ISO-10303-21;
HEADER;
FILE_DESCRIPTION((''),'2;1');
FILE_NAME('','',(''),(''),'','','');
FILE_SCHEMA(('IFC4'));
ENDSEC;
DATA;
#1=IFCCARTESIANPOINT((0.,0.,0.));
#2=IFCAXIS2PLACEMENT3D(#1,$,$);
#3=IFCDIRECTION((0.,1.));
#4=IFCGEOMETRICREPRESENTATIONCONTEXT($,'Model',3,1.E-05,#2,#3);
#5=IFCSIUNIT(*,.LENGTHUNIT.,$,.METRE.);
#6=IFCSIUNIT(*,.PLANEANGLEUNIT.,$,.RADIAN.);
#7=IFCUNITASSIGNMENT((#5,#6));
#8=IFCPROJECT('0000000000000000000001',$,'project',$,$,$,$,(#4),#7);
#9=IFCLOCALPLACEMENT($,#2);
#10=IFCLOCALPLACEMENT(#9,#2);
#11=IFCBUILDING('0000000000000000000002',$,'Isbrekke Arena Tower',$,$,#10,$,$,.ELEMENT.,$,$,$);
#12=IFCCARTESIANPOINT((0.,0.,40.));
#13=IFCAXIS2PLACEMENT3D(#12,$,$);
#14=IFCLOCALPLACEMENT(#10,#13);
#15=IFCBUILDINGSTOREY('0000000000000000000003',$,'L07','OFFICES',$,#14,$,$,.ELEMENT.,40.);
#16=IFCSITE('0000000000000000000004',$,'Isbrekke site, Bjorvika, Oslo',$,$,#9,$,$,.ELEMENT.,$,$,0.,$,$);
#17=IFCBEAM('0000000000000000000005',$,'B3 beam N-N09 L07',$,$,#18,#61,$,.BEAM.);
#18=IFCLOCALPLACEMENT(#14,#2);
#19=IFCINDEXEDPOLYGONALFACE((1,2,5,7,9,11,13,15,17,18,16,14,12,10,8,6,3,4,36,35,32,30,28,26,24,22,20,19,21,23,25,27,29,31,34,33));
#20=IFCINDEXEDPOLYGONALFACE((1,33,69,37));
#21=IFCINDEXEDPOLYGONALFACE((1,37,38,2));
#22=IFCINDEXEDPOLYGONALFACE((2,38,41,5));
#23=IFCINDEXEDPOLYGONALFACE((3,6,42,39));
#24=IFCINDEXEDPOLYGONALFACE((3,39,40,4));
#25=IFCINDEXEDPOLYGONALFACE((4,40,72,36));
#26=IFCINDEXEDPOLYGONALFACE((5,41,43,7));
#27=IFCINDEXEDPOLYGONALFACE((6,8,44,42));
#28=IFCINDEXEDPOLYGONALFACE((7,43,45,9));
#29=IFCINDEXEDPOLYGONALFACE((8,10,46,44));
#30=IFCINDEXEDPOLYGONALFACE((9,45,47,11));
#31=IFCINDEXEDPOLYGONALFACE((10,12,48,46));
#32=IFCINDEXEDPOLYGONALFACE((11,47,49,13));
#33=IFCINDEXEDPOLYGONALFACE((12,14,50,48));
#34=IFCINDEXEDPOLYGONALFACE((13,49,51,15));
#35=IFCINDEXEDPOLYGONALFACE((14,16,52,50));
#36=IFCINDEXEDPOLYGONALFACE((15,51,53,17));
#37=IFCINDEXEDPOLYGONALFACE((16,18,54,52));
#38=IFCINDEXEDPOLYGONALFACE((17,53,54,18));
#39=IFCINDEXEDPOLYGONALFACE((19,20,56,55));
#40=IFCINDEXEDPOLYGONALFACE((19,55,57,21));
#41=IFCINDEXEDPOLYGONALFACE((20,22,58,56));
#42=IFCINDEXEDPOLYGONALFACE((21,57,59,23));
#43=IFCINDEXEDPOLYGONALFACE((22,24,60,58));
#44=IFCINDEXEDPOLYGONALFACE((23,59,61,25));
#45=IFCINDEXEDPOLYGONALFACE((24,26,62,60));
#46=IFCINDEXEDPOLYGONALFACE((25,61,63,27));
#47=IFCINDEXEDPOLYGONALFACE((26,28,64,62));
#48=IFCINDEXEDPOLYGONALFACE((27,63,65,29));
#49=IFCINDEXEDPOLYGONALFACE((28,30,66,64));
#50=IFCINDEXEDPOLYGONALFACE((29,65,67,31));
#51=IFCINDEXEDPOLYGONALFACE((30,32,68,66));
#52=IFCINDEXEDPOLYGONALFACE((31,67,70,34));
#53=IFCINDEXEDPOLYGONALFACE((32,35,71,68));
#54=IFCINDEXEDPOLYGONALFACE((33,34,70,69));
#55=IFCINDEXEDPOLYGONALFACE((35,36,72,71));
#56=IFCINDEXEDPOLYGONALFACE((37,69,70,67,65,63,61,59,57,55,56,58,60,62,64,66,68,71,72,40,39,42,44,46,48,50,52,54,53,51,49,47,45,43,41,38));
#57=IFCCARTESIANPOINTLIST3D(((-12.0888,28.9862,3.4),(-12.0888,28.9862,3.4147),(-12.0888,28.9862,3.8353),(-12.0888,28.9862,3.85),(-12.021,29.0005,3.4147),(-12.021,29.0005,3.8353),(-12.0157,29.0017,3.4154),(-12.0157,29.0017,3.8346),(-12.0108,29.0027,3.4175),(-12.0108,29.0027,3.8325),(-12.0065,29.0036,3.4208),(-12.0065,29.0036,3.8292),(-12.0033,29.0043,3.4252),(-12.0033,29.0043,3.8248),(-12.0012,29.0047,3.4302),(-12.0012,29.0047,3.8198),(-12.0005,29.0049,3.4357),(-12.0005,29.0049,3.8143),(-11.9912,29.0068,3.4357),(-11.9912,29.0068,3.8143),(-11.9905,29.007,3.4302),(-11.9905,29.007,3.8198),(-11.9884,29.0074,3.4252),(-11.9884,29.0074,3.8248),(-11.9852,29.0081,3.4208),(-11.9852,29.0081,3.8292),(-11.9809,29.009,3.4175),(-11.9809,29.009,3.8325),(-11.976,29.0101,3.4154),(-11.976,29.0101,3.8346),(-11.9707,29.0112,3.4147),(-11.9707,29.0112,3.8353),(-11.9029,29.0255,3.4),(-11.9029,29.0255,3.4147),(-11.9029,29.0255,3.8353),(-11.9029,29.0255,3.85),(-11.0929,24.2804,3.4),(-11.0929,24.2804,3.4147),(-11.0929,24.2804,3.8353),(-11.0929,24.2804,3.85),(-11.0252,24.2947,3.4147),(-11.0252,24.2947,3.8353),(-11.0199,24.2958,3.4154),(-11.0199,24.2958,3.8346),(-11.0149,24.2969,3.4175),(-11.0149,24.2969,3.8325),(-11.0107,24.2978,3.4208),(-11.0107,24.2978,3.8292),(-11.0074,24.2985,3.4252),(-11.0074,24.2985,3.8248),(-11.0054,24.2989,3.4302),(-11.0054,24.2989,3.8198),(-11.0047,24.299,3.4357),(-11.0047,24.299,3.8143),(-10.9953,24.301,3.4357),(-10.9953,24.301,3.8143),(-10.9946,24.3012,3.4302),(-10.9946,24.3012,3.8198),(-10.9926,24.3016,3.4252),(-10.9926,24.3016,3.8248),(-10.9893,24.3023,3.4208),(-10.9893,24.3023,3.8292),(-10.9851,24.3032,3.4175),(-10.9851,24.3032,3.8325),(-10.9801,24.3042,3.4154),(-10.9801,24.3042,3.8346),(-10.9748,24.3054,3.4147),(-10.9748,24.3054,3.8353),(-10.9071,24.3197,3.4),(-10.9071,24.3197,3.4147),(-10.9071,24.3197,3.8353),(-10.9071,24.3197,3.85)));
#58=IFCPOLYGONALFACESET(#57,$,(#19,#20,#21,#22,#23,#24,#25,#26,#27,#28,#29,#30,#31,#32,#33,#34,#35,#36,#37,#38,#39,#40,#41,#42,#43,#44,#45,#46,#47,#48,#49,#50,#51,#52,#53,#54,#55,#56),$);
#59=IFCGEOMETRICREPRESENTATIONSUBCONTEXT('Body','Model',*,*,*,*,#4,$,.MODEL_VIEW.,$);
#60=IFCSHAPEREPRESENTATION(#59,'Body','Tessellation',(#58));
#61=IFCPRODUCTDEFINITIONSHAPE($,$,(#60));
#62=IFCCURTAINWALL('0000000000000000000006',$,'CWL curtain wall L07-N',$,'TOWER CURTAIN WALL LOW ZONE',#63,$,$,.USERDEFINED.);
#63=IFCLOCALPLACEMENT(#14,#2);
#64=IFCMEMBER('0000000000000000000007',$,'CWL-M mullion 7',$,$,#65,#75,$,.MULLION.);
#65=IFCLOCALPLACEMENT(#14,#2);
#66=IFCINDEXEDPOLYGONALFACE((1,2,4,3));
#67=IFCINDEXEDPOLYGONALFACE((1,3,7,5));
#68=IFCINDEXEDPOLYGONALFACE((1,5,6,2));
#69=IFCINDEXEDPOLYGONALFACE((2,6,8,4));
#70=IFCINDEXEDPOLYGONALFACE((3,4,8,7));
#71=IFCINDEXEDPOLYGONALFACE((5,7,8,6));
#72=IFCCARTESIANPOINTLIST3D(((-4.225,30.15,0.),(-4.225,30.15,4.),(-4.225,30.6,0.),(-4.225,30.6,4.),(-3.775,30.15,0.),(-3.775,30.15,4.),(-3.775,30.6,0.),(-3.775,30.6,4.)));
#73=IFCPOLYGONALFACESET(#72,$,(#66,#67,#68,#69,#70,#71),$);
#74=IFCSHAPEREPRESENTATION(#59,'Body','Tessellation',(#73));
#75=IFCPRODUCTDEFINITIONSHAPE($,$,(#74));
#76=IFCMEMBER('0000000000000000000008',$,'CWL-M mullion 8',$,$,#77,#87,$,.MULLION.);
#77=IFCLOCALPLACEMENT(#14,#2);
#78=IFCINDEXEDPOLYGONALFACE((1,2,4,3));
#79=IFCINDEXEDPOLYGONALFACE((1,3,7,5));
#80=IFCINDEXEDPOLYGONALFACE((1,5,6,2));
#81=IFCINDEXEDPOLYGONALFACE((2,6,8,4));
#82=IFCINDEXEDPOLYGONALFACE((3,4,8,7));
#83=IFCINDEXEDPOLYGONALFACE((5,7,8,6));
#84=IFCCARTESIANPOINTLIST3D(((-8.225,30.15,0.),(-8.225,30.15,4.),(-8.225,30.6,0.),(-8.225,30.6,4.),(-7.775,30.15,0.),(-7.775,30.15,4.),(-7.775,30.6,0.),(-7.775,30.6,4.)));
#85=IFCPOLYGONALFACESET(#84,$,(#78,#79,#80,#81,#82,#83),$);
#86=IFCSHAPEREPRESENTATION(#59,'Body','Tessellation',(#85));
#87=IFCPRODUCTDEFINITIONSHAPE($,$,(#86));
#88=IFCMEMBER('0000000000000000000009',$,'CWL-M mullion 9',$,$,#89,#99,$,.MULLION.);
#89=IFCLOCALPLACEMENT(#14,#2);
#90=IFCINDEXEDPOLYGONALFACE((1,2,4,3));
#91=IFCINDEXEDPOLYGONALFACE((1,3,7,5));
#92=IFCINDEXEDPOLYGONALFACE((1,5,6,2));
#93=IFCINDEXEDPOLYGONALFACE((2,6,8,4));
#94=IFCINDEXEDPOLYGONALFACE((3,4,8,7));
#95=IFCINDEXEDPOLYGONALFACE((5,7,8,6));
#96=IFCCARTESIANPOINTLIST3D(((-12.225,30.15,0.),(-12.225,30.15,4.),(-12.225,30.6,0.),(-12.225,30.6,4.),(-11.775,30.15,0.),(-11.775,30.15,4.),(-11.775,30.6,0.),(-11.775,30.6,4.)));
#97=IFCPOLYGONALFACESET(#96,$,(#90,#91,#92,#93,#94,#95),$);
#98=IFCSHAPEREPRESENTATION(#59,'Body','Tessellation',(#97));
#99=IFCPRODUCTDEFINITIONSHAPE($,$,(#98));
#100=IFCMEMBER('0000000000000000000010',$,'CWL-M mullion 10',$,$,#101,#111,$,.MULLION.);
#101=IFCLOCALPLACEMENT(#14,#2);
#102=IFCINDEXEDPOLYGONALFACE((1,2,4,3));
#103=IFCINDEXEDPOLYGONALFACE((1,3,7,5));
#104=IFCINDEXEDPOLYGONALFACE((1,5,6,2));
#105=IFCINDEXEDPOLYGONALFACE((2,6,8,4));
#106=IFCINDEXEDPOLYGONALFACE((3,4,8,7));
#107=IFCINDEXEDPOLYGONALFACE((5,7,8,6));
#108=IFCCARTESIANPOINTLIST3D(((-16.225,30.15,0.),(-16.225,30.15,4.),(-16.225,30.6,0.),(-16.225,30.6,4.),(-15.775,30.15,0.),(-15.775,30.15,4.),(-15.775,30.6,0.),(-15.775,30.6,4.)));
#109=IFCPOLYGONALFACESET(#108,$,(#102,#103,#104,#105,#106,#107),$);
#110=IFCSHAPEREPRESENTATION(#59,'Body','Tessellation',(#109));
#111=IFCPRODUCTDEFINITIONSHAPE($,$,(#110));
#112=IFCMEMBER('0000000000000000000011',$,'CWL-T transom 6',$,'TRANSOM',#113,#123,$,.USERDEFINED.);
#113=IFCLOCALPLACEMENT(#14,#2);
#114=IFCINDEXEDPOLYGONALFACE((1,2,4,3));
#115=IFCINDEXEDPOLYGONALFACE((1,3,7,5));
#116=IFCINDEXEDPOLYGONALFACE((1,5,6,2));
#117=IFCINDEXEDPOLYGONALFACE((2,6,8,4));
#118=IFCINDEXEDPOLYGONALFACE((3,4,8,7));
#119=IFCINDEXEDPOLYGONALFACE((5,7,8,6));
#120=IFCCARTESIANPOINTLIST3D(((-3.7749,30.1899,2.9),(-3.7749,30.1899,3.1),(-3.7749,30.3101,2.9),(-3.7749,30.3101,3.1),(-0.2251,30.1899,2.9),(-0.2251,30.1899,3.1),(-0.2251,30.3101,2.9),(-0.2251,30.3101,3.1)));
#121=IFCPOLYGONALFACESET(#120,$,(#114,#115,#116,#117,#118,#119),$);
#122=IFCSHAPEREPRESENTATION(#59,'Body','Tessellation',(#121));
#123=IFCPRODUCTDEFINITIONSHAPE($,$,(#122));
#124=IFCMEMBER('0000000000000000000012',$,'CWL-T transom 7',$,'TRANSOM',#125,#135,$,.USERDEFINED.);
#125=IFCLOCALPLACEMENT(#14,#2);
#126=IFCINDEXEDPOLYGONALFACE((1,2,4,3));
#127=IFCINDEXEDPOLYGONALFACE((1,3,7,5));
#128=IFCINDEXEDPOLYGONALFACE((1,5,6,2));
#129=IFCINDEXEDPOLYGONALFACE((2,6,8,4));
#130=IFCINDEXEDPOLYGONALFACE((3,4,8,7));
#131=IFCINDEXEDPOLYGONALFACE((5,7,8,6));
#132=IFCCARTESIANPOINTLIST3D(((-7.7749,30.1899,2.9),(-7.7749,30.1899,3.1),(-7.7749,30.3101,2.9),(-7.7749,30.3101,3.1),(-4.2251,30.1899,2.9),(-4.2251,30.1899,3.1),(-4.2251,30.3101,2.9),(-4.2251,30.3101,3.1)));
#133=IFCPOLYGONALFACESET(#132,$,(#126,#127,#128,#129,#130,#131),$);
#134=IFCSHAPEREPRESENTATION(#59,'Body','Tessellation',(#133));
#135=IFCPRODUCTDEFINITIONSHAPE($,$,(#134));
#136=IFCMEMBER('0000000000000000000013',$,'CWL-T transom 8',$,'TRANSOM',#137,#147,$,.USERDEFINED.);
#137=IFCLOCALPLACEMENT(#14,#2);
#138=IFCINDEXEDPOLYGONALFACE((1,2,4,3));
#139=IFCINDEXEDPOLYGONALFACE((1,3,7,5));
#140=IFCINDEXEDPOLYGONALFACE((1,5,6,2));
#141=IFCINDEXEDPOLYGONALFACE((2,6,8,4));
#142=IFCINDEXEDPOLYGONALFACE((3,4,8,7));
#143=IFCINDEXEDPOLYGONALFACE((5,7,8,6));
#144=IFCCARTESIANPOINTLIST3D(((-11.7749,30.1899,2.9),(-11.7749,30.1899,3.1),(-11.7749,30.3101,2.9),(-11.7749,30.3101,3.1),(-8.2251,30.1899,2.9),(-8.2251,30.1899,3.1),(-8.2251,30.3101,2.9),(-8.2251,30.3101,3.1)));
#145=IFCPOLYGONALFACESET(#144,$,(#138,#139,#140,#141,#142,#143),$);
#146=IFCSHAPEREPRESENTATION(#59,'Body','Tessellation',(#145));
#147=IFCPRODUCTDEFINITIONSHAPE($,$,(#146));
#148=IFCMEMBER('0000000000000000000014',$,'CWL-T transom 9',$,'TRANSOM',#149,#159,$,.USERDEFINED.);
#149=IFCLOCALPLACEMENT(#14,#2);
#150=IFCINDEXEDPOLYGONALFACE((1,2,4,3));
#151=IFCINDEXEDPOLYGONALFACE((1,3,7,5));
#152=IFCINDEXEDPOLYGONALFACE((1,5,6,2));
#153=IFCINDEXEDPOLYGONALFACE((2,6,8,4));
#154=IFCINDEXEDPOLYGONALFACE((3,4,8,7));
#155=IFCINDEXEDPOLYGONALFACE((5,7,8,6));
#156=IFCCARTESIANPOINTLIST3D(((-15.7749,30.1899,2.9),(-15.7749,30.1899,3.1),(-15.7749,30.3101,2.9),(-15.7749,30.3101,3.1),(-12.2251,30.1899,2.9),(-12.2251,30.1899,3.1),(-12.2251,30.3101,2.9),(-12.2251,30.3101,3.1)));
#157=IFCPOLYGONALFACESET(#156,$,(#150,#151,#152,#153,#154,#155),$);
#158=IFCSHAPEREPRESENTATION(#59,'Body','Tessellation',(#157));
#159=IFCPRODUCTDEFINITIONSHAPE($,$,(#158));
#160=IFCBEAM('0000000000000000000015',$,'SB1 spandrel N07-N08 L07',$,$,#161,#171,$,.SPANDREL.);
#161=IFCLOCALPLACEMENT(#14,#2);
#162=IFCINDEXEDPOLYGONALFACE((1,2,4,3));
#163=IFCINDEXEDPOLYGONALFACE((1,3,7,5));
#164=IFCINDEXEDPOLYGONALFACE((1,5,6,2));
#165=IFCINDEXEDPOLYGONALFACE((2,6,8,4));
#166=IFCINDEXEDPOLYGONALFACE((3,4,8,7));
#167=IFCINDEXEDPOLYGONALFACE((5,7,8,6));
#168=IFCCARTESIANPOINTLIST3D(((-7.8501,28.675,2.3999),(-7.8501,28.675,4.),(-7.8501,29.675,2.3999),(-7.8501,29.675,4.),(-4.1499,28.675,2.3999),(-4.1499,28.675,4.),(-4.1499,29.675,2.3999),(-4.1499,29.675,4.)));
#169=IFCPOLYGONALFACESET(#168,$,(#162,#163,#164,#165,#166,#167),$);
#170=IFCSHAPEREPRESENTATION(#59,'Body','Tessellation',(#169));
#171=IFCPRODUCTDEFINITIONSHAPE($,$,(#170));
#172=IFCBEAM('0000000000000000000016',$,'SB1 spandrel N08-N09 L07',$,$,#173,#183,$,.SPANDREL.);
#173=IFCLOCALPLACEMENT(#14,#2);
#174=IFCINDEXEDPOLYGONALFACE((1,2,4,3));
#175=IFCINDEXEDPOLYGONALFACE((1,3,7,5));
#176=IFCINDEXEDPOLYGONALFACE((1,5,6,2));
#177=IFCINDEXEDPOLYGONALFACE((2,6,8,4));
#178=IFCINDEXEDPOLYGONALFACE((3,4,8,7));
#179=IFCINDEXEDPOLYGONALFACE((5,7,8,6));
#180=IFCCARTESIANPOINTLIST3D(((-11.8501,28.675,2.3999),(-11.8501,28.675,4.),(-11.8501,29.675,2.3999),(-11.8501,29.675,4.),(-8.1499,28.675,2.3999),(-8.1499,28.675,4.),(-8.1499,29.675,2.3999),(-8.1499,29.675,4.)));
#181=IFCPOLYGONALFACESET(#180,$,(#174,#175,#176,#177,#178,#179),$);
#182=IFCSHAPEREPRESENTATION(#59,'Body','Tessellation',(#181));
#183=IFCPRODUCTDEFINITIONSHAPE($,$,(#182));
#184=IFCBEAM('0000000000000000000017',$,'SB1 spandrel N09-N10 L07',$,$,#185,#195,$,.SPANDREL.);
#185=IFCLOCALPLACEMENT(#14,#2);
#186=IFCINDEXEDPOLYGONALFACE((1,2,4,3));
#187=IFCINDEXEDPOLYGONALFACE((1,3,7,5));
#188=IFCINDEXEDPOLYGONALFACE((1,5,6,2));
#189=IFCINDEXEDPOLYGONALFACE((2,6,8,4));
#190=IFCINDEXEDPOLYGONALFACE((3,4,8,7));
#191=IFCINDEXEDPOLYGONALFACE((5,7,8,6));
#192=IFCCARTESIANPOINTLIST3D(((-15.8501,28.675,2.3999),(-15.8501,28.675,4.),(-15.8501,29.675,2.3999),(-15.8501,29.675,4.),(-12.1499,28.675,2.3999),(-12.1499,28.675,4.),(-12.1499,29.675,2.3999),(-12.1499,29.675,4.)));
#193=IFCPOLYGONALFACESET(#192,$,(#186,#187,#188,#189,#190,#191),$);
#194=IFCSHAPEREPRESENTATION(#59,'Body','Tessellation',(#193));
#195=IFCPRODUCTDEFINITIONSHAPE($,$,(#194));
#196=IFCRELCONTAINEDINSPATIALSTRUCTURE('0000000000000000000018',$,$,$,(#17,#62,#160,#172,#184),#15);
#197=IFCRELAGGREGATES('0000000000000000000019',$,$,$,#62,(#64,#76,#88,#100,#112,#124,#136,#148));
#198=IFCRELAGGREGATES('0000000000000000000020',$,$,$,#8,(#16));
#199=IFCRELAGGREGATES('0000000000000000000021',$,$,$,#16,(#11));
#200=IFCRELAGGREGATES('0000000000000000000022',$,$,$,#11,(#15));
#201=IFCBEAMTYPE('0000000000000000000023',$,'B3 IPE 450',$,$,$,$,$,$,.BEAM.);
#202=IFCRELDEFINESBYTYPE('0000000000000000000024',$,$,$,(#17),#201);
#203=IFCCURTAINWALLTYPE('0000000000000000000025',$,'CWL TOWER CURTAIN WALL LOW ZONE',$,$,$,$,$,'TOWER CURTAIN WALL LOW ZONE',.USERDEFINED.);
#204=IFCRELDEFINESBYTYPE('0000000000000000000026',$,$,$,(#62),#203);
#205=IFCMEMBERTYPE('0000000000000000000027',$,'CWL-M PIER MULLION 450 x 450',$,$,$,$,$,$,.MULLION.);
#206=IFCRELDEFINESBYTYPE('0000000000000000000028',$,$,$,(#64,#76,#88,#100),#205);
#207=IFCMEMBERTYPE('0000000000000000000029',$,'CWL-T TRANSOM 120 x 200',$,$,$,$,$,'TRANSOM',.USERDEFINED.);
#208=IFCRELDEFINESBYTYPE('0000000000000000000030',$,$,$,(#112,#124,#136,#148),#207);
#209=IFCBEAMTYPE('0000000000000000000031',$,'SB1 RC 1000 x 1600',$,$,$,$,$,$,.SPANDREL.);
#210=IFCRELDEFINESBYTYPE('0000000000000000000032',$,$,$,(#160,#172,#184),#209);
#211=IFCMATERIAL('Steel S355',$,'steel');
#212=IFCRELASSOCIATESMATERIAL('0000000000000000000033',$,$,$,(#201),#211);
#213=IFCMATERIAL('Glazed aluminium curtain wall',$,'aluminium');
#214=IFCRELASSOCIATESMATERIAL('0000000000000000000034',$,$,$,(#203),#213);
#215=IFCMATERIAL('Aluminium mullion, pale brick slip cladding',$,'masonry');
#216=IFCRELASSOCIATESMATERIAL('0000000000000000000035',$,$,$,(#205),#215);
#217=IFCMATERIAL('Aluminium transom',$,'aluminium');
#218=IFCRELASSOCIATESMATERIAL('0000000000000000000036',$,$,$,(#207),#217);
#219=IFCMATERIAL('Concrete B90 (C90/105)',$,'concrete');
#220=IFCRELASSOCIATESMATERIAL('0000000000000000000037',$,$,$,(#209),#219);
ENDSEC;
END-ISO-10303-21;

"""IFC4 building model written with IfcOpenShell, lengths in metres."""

from ifc_helpers import new_model, si_unit, direction, frame, origin, origin_2d, place, context, subcontext, project, spatial, rectangle, i_section, extrude, material, material_profile, profile_set, type_object, element, aggregate, save


model = new_model("IFC4")

# Units and contexts
model_context = context("Model", 3, precision=1e-05, world=origin(), true_north=direction((0.0, 1.0)))
body_context = subcontext(model_context, "Body", "Model", "MODEL_VIEW")
ifc_project = project(units=[si_unit("LENGTHUNIT", "METRE"), si_unit("PLANEANGLEUNIT", "RADIAN")], contexts=[model_context])

# Site, building, storey
site_placement = place(None, origin())
site = spatial("IfcSite", under=ifc_project, at=site_placement, Name="Isbrekke site, Bjorvika, Oslo", CompositionType="ELEMENT", RefElevation=0.0)
building_placement = place(site_placement, origin())
building = spatial("IfcBuilding", under=site, at=building_placement, Name="Isbrekke Arena Tower", CompositionType="ELEMENT")
storey_placement = place(building_placement, frame((0.0, 0.0, 40.0)))
storey = spatial("IfcBuildingStorey", under=building, at=storey_placement, Name="L07", Description="OFFICES", CompositionType="ELEMENT", Elevation=40.0)

# Beam
ifc_material_1 = material(Name="Steel S355", Category="steel")
ifc_material_profile_1 = material_profile(ifc_material_1, i_section(OverallWidth=0.1899, OverallDepth=0.45, WebThickness=0.0095, FlangeThickness=0.0146, FilletRadius=0.021, at=origin_2d()), Name="IPE 450")
ifc_profile_set_1 = profile_set([ifc_material_profile_1], Name="Steel S355")
beam_type_1 = type_object("IfcBeamType", Name="B3 IPE 450", PredefinedType="BEAM", material=ifc_profile_set_1)
beam_1_placement = place(storey_placement, frame((-11.9958, 29.0059, 3.625), z_axis=(0.207036, -0.978333, 0.0), x_axis=(0.978333, 0.207036, 0.0)))
element("IfcBeam", 1, at=beam_1_placement, inside=storey, type_object=beam_type_1, Name="B3 beam N-N09 L07", PredefinedType="BEAM", context=body_context, shape_type="SweptSolid", body=[
    extrude(i_section(OverallWidth=0.1899, OverallDepth=0.45, WebThickness=0.0095, FlangeThickness=0.0146, FilletRadius=0.021, at=origin_2d()), origin(), (0.0, 0.0, 1.0), 4.8101),
])

# Curtain wall, members
ifc_material_2 = material(Name="Glazed aluminium curtain wall", Category="aluminium")
curtain_wall_type = type_object("IfcCurtainWallType", Name="CWL TOWER CURTAIN WALL LOW ZONE", ElementType="TOWER CURTAIN WALL LOW ZONE", PredefinedType="USERDEFINED", material=ifc_material_2)
curtain_wall_placement = place(storey_placement, origin())
curtain_wall = element("IfcCurtainWall", 2, at=curtain_wall_placement, inside=storey, type_object=curtain_wall_type, Name="CWL curtain wall L07-N", ObjectType="TOWER CURTAIN WALL LOW ZONE", PredefinedType="USERDEFINED")
ifc_material_3 = material(Name="Aluminium mullion, pale brick slip cladding", Category="masonry")
ifc_material_profile_2 = material_profile(ifc_material_3, rectangle(XDim=0.45, YDim=0.45, at=origin_2d()), Name="PIER 450X450")
ifc_profile_set_2 = profile_set([ifc_material_profile_2], Name="Aluminium mullion, pale brick slip cladding")
member_type_1 = type_object("IfcMemberType", Name="CWL-M PIER MULLION 450 x 450", PredefinedType="MULLION", material=ifc_profile_set_2)
member_1_placement = place(storey_placement, frame((-4.0, 30.375, 0.0), z_axis=(0.0, 0.0, 1.0), x_axis=(-1.0, 0.0, 0.0)))
member_1 = element("IfcMember", 3, at=member_1_placement, type_object=member_type_1, Name="CWL-M mullion 7", PredefinedType="MULLION", context=body_context, shape_type="SweptSolid", body=[
    extrude(rectangle(XDim=0.45, YDim=0.45, at=origin_2d()), origin(), (0.0, 0.0, 1.0), 4.0),
])
member_2_placement = place(storey_placement, frame((-8.0, 30.375, 0.0), z_axis=(0.0, 0.0, 1.0), x_axis=(-1.0, 0.0, 0.0)))
member_2 = element("IfcMember", 4, at=member_2_placement, type_object=member_type_1, Name="CWL-M mullion 8", PredefinedType="MULLION", context=body_context, shape_type="SweptSolid", body=[
    extrude(rectangle(XDim=0.45, YDim=0.45, at=origin_2d()), origin(), (0.0, 0.0, 1.0), 4.0),
])
member_3_placement = place(storey_placement, frame((-12.0, 30.375, 0.0), z_axis=(0.0, 0.0, 1.0), x_axis=(-1.0, 0.0, 0.0)))
member_3 = element("IfcMember", 5, at=member_3_placement, type_object=member_type_1, Name="CWL-M mullion 9", PredefinedType="MULLION", context=body_context, shape_type="SweptSolid", body=[
    extrude(rectangle(XDim=0.45, YDim=0.45, at=origin_2d()), origin(), (0.0, 0.0, 1.0), 4.0),
])
member_4_placement = place(storey_placement, frame((-16.0, 30.375, 0.0), z_axis=(0.0, 0.0, 1.0), x_axis=(-1.0, 0.0, 0.0)))
member_4 = element("IfcMember", 6, at=member_4_placement, type_object=member_type_1, Name="CWL-M mullion 10", PredefinedType="MULLION", context=body_context, shape_type="SweptSolid", body=[
    extrude(rectangle(XDim=0.45, YDim=0.45, at=origin_2d()), origin(), (0.0, 0.0, 1.0), 4.0),
])
ifc_material_4 = material(Name="Aluminium transom", Category="aluminium")
ifc_material_profile_3 = material_profile(ifc_material_4, rectangle(XDim=0.1201, YDim=0.2, at=origin_2d()), Name="TRANSOM 120X200")
ifc_profile_set_3 = profile_set([ifc_material_profile_3], Name="Aluminium transom")
member_type_2 = type_object("IfcMemberType", Name="CWL-T TRANSOM 120 x 200", ElementType="TRANSOM", PredefinedType="USERDEFINED", material=ifc_profile_set_3)
member_5_placement = place(storey_placement, frame((-0.2251, 30.25, 3.0), z_axis=(-1.0, 0.0, 0.0), x_axis=(0.0, -1.0, 0.0)))
member_5 = element("IfcMember", 7, at=member_5_placement, type_object=member_type_2, Name="CWL-T transom 6", ObjectType="TRANSOM", PredefinedType="USERDEFINED", context=body_context, shape_type="SweptSolid", body=[
    extrude(rectangle(XDim=0.1201, YDim=0.2, at=origin_2d()), origin(), (0.0, 0.0, 1.0), 3.5498),
])
member_6_placement = place(storey_placement, frame((-4.2251, 30.25, 3.0), z_axis=(-1.0, 0.0, 0.0), x_axis=(0.0, -1.0, 0.0)))
member_6 = element("IfcMember", 8, at=member_6_placement, type_object=member_type_2, Name="CWL-T transom 7", ObjectType="TRANSOM", PredefinedType="USERDEFINED", context=body_context, shape_type="SweptSolid", body=[
    extrude(rectangle(XDim=0.1201, YDim=0.2, at=origin_2d()), origin(), (0.0, 0.0, 1.0), 3.5498),
])
member_7_placement = place(storey_placement, frame((-8.2251, 30.25, 3.0), z_axis=(-1.0, 0.0, 0.0), x_axis=(0.0, -1.0, 0.0)))
member_7 = element("IfcMember", 9, at=member_7_placement, type_object=member_type_2, Name="CWL-T transom 8", ObjectType="TRANSOM", PredefinedType="USERDEFINED", context=body_context, shape_type="SweptSolid", body=[
    extrude(rectangle(XDim=0.1201, YDim=0.2, at=origin_2d()), origin(), (0.0, 0.0, 1.0), 3.5498),
])
member_8_placement = place(storey_placement, frame((-12.2251, 30.25, 3.0), z_axis=(-1.0, 0.0, 0.0), x_axis=(0.0, -1.0, 0.0)))
member_8 = element("IfcMember", 10, at=member_8_placement, type_object=member_type_2, Name="CWL-T transom 9", ObjectType="TRANSOM", PredefinedType="USERDEFINED", context=body_context, shape_type="SweptSolid", body=[
    extrude(rectangle(XDim=0.1201, YDim=0.2, at=origin_2d()), origin(), (0.0, 0.0, 1.0), 3.5498),
])

# Beams
ifc_material_5 = material(Name="Concrete B90 (C90/105)", Category="concrete")
ifc_material_profile_4 = material_profile(ifc_material_5, rectangle(XDim=1.0, YDim=1.6001, at=origin_2d()), Name="RC 1000x1600")
ifc_profile_set_4 = profile_set([ifc_material_profile_4], Name="Concrete B90 (C90/105)")
beam_type_2 = type_object("IfcBeamType", Name="SB1 RC 1000 x 1600", PredefinedType="SPANDREL", material=ifc_profile_set_4)
for number, where, z_axis, x_axis, name in (
    (11, (-4.1499, 29.175, 3.2), (-1.0, 0.0, 0.0), (0.0, -1.0, 0.0), "SB1 spandrel N07-N08 L07"),
    (12, (-8.1499, 29.175, 3.2), (-1.0, 0.0, 0.0), (0.0, -1.0, 0.0), "SB1 spandrel N08-N09 L07"),
    (13, (-12.1499, 29.175, 3.2), (-1.0, 0.0, 0.0), (0.0, -1.0, 0.0), "SB1 spandrel N09-N10 L07"),
):
    element("IfcBeam", number, at=place(storey_placement, frame(where, z_axis=z_axis, x_axis=x_axis)), inside=storey, type_object=beam_type_2, Name=name, PredefinedType="SPANDREL", context=body_context, shape_type="SweptSolid", body=[
        extrude(rectangle(XDim=1.0, YDim=1.6001, at=origin_2d()), origin(), (0.0, 0.0, 1.0), 3.7002),
    ])

aggregate(curtain_wall, [member_1, member_2, member_3, member_4, member_5, member_6, member_7, member_8])

save(model, "model.ifc")
